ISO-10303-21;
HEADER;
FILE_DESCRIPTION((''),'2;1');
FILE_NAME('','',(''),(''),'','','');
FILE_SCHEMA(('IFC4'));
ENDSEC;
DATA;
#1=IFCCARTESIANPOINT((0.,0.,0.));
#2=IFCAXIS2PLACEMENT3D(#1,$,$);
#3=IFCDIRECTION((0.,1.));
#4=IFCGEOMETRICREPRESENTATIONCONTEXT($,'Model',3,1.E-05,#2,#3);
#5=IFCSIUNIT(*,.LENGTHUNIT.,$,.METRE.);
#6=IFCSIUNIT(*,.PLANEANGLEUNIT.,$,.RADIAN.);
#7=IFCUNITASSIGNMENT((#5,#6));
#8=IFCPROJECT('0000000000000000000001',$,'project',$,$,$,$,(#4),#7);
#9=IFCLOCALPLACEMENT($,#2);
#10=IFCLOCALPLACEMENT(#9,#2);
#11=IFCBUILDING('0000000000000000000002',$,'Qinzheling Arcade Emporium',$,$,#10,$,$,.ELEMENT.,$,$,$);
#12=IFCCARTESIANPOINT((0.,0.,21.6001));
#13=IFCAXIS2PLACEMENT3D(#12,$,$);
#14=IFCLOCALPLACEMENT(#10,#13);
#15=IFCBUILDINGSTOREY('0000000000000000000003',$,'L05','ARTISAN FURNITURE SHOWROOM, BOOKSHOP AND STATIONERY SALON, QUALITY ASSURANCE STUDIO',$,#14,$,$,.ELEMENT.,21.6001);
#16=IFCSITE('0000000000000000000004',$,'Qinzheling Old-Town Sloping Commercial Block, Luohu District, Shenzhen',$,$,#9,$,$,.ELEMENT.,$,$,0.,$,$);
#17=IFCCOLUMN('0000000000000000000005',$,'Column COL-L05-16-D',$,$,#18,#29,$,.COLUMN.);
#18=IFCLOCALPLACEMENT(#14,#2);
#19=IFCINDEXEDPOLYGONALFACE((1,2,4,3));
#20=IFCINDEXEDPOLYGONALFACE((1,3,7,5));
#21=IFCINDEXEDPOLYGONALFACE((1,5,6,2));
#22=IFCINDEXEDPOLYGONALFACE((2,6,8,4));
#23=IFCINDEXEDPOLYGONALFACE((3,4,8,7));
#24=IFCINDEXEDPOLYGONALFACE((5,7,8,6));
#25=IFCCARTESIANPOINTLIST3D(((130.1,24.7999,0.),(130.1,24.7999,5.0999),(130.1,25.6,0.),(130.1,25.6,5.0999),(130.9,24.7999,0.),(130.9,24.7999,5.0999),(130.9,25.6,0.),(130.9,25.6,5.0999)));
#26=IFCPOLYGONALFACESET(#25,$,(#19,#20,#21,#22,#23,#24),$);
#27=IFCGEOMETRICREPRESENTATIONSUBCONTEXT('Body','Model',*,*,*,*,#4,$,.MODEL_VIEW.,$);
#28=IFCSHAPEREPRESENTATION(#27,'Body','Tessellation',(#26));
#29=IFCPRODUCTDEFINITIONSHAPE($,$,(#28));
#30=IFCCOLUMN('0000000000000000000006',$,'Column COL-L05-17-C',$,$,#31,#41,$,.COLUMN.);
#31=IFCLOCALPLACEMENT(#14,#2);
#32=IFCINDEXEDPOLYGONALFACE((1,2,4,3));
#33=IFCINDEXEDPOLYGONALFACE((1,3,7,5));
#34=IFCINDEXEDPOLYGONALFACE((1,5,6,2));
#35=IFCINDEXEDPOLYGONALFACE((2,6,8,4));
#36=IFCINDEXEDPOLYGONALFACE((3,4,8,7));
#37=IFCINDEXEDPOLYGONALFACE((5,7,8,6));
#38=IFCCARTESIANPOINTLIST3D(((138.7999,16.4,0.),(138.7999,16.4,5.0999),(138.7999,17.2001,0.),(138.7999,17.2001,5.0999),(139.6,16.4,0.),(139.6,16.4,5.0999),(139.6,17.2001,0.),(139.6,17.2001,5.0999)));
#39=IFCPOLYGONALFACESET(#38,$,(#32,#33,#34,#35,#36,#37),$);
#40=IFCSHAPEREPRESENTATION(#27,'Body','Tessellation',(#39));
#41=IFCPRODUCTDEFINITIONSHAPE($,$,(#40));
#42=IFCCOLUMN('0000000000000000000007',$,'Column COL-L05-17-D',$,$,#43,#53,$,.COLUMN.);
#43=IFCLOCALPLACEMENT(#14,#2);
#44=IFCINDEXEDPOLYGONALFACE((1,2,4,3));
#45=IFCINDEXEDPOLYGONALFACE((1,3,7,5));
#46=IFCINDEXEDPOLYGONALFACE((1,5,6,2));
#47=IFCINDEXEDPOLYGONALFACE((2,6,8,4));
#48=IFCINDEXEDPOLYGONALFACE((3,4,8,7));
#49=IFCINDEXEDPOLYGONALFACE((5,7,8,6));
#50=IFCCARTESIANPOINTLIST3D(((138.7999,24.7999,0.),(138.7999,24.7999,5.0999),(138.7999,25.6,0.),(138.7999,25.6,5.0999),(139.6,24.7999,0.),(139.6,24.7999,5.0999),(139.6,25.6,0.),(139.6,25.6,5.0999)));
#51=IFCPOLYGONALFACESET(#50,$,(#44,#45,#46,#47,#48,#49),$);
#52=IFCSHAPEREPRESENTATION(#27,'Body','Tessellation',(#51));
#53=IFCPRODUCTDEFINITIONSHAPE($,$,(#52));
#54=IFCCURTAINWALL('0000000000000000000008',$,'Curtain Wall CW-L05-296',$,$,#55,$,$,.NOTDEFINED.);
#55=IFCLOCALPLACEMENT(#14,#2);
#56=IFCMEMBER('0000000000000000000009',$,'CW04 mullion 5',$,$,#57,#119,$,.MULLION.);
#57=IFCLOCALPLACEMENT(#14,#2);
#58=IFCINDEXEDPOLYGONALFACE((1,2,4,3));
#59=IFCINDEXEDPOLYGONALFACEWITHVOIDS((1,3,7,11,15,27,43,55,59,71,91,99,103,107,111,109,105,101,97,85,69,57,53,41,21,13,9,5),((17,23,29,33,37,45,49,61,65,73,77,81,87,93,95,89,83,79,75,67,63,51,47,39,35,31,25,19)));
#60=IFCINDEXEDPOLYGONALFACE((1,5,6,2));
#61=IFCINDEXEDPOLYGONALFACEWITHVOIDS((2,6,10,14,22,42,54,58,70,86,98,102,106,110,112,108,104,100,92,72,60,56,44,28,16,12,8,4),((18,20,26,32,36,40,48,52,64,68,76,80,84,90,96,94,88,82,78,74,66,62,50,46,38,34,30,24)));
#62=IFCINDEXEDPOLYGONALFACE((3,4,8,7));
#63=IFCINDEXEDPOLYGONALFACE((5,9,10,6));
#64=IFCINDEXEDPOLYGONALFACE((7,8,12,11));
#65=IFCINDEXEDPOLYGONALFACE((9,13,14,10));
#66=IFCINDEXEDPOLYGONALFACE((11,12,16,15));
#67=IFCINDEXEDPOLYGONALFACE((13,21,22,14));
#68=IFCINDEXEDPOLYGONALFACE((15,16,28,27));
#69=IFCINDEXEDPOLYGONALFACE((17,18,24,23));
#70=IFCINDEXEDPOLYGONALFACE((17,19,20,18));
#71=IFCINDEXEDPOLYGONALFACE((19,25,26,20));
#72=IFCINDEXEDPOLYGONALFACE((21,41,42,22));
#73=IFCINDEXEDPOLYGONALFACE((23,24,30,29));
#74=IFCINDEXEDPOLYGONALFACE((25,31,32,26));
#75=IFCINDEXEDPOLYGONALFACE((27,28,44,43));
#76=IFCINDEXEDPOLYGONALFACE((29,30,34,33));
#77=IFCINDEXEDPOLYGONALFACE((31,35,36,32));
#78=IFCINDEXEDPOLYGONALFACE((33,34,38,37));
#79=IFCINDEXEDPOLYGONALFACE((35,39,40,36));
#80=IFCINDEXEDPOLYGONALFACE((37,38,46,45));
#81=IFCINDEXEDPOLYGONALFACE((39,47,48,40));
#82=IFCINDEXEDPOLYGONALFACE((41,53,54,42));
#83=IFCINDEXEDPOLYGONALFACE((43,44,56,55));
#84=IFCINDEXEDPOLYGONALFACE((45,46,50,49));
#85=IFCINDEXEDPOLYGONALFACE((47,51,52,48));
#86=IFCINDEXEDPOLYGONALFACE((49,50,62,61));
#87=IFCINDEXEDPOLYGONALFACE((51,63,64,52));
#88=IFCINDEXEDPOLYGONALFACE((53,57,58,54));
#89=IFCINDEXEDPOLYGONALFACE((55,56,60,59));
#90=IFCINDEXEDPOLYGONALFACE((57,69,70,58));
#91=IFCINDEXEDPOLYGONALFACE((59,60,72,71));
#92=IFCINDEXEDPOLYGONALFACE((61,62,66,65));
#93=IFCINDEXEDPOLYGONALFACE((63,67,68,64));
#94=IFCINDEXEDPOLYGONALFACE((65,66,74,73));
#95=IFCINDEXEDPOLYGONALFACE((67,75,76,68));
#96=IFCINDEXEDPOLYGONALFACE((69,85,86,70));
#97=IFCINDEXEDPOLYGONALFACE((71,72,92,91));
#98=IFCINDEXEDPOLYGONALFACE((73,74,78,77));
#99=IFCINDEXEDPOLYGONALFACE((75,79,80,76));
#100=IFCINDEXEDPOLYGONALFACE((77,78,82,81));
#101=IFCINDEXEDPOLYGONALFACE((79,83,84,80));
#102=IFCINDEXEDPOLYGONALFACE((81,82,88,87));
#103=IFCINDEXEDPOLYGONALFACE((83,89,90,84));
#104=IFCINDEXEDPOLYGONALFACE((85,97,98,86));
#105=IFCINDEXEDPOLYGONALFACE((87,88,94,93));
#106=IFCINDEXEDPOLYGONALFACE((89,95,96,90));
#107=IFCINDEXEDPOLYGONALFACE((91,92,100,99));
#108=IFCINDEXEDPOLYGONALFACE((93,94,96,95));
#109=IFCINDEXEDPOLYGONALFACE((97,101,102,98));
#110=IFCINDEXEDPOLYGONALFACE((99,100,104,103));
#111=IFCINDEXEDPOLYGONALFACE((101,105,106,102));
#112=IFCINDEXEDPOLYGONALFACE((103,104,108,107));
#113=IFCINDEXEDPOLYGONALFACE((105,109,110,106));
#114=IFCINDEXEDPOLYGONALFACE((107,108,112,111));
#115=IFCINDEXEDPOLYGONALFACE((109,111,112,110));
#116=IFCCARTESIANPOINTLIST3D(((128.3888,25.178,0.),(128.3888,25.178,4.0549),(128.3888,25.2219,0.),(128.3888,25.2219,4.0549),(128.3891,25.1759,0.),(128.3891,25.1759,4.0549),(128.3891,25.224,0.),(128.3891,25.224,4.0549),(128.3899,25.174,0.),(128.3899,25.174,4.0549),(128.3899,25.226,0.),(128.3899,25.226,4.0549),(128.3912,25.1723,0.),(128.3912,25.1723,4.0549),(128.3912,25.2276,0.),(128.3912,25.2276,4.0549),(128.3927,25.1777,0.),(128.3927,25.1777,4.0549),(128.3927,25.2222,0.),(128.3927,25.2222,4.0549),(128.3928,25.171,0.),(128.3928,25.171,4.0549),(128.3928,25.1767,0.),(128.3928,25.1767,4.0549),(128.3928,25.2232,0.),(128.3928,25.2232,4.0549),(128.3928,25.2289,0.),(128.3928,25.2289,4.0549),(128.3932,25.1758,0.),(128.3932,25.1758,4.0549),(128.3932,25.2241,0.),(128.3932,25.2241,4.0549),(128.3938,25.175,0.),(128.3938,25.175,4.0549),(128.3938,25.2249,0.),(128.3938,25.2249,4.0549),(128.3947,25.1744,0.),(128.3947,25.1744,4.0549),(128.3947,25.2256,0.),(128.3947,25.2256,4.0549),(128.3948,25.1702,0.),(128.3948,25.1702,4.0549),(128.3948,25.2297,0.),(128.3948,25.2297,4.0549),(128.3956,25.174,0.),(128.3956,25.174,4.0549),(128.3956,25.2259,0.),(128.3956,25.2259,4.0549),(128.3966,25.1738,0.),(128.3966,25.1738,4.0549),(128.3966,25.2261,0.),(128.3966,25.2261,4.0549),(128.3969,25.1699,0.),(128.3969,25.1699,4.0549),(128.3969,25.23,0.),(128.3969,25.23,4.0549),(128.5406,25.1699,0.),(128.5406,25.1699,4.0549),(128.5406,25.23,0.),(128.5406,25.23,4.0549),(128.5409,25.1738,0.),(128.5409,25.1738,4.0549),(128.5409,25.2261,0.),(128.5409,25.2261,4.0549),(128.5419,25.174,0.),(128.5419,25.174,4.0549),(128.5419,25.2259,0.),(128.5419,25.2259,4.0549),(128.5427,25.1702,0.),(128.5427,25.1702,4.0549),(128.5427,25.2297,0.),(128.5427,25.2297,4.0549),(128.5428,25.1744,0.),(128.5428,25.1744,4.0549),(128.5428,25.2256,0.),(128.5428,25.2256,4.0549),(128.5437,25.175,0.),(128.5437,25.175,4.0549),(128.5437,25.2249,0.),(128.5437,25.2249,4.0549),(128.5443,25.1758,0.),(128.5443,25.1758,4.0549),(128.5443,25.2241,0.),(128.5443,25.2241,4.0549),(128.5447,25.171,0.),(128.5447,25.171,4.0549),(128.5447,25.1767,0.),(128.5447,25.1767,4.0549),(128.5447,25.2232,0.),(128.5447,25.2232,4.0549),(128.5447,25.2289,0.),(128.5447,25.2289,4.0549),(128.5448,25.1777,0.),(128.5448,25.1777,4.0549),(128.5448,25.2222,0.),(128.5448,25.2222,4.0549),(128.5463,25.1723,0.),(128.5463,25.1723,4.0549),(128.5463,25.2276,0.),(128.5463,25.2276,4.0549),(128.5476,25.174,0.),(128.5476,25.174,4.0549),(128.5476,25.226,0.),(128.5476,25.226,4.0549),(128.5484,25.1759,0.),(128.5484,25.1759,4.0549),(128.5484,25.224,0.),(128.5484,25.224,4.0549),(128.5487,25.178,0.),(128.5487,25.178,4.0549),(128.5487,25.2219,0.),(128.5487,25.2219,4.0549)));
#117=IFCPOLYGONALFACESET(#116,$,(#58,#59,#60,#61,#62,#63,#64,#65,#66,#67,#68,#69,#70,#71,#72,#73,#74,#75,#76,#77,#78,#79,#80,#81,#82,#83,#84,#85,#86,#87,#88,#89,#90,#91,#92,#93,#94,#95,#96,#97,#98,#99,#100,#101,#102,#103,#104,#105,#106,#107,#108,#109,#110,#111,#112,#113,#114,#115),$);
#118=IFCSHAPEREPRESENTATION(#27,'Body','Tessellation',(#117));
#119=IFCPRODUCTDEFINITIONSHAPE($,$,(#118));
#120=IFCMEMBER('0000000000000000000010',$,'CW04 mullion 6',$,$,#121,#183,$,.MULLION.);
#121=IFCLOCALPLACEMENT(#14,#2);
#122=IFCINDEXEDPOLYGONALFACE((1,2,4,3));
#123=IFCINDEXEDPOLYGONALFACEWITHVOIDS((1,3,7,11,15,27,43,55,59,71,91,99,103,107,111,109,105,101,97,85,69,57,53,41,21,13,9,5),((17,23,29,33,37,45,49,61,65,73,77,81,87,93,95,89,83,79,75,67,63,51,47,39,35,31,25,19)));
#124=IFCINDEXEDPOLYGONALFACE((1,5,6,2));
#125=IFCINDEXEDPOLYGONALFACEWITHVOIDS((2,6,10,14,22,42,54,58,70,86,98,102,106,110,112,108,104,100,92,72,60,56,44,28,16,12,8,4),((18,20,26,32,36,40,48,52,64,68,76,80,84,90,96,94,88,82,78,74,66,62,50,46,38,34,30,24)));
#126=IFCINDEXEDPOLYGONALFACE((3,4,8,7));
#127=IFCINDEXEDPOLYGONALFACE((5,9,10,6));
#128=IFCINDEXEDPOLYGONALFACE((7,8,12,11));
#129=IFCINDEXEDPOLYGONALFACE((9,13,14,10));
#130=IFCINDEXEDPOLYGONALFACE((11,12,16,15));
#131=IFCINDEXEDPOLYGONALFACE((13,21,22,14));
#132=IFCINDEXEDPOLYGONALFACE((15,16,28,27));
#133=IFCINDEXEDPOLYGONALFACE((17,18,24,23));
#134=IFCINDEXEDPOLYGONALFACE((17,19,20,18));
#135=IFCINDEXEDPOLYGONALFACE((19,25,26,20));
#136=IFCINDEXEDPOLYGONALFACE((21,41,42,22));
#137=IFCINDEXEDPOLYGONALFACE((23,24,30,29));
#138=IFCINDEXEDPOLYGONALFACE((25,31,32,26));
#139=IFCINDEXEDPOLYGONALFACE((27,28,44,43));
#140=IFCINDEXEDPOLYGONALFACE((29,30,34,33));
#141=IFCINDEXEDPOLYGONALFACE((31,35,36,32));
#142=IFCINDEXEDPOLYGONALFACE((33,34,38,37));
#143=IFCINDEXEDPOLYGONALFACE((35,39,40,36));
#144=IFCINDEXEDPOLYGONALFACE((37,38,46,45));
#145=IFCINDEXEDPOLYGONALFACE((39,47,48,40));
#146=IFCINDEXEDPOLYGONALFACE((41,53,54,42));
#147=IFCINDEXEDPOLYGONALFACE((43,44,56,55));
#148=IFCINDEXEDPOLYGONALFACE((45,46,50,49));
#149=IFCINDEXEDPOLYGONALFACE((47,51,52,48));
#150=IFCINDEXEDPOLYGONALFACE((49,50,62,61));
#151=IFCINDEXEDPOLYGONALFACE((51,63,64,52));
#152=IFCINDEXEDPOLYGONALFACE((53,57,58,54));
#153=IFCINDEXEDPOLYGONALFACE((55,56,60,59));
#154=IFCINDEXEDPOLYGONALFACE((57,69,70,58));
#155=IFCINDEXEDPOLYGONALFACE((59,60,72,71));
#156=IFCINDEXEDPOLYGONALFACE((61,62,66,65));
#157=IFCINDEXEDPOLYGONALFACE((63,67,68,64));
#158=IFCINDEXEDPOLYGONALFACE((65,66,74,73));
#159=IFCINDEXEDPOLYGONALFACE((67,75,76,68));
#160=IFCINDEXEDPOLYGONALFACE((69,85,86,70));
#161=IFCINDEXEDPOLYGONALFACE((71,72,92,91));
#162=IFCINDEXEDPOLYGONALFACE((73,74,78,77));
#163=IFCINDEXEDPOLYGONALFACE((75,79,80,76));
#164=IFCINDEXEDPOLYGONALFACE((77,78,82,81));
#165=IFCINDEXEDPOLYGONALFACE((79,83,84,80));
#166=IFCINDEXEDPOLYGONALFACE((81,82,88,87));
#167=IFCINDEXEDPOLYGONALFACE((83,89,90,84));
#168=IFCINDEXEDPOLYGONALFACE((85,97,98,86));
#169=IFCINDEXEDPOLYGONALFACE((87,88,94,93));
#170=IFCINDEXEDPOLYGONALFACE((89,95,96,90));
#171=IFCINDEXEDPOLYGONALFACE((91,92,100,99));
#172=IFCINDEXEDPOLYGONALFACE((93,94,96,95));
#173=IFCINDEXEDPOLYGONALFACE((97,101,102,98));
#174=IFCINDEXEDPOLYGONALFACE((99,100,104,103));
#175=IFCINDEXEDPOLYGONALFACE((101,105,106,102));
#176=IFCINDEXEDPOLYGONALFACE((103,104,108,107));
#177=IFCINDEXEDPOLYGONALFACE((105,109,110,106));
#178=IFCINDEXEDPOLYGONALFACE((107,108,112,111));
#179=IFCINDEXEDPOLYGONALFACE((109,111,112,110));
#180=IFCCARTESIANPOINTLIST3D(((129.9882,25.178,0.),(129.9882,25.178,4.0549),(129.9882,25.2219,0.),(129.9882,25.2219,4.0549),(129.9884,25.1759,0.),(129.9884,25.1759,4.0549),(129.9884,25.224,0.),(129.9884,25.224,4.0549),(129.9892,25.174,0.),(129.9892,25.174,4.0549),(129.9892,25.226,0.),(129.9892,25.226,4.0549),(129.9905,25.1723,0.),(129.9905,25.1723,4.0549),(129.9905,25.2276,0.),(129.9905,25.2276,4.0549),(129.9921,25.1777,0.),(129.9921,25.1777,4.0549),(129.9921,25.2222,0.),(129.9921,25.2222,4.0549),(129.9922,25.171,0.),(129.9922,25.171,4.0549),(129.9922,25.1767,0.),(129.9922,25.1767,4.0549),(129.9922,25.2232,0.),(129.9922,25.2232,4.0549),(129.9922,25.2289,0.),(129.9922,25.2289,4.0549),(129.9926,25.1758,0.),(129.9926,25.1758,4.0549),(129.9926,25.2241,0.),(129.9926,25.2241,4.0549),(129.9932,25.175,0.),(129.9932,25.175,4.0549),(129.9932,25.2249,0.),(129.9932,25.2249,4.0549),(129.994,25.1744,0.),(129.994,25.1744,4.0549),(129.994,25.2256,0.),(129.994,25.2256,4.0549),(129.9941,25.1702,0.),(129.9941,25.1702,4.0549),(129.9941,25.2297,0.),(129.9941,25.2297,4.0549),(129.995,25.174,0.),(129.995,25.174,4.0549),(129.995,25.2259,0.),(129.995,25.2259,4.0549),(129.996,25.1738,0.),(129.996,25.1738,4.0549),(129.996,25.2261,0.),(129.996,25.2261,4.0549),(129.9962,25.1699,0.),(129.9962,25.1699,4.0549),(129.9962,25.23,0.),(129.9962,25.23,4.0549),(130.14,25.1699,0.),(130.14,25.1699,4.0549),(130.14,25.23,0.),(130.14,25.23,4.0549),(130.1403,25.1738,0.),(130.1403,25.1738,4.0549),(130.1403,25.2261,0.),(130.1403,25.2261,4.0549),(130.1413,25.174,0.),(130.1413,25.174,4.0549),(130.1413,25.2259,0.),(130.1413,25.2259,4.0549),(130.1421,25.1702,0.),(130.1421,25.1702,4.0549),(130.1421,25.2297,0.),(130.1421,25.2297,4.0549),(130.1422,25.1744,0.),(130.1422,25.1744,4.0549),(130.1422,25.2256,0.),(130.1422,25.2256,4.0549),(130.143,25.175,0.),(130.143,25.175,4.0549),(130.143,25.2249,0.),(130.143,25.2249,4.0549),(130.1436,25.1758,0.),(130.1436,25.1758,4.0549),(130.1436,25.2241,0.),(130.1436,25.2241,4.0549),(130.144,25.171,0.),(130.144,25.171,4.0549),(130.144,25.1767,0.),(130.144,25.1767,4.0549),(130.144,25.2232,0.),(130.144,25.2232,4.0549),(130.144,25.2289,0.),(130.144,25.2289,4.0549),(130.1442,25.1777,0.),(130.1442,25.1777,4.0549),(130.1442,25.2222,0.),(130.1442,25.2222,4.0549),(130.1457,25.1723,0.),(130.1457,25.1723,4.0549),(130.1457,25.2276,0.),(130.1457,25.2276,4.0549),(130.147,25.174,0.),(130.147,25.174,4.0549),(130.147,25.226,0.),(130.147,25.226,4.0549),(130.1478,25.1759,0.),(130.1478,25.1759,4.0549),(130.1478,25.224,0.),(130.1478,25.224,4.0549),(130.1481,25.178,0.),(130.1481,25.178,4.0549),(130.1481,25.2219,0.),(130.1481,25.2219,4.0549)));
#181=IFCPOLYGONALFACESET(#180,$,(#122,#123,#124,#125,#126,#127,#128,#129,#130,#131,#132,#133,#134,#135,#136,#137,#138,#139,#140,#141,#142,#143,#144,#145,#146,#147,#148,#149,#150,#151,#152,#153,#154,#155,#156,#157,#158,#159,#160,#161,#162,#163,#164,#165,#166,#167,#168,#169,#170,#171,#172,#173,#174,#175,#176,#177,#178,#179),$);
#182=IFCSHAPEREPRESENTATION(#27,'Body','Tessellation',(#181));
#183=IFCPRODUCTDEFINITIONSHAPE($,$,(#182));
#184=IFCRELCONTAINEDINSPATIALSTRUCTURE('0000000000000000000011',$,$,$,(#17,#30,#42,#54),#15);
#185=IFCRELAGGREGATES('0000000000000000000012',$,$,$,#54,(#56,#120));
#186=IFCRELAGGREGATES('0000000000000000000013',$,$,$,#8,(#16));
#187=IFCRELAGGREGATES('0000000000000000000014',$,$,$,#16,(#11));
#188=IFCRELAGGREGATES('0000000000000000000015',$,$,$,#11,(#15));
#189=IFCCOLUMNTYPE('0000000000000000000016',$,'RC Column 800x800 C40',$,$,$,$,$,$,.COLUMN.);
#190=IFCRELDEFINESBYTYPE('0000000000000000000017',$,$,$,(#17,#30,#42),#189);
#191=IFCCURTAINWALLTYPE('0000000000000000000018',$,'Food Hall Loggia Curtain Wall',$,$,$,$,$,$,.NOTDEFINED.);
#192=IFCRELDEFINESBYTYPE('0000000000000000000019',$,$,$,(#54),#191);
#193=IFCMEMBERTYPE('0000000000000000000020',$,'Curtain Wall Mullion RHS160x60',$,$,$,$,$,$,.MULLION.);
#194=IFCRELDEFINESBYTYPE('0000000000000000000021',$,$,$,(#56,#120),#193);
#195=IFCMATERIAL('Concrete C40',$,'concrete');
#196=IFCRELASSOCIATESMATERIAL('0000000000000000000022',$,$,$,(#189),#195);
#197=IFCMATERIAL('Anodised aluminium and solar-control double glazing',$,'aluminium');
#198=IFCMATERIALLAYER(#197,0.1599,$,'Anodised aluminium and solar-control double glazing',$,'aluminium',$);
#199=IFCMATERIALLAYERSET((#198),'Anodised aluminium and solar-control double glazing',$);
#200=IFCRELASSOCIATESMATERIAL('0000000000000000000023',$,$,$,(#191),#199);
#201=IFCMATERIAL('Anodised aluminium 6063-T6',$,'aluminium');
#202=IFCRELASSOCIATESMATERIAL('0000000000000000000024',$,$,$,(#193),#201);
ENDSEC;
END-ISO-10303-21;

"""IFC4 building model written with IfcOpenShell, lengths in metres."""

from ifc_helpers import new_model, si_unit, direction, frame, origin, origin_2d, place, context, subcontext, project, spatial, rectangle, hollow_rectangle, extrude, material, layer, layer_set, material_profile, profile_set, type_object, element, aggregate, save


model = new_model("IFC4")

# Units and contexts
model_context = context("Model", 3, precision=1e-05, world=origin(), true_north=direction((0.0, 1.0)))
body_context = subcontext(model_context, "Body", "Model", "MODEL_VIEW")
ifc_project = project(units=[si_unit("LENGTHUNIT", "METRE"), si_unit("PLANEANGLEUNIT", "RADIAN")], contexts=[model_context])

# Site, building, storey
site_placement = place(None, origin())
site = spatial("IfcSite", under=ifc_project, at=site_placement, Name="Qinzheling Old-Town Sloping Commercial Block, Luohu District, Shenzhen", CompositionType="ELEMENT", RefElevation=0.0)
building_placement = place(site_placement, origin())
building = spatial("IfcBuilding", under=site, at=building_placement, Name="Qinzheling Arcade Emporium", CompositionType="ELEMENT")
storey_placement = place(building_placement, frame((0.0, 0.0, 21.6001)))
storey = spatial("IfcBuildingStorey", under=building, at=storey_placement, Name="L05", Description="ARTISAN FURNITURE SHOWROOM, BOOKSHOP AND STATIONERY SALON, QUALITY ASSURANCE STUDIO", CompositionType="ELEMENT", Elevation=21.6001)

# Columns
ifc_material_1 = material(Name="Concrete C40", Category="concrete")
ifc_material_profile_1 = material_profile(ifc_material_1, rectangle(XDim=0.8, YDim=0.8, at=origin_2d()), Name="RC 800x800", Category="concrete")
ifc_profile_set_1 = profile_set([ifc_material_profile_1], Name="Concrete C40")
column_type = type_object("IfcColumnType", Name="RC Column 800x800 C40", PredefinedType="COLUMN", material=ifc_profile_set_1)
for number, where, z_axis, x_axis, name in (
    (1, (130.5, 25.2, 0.0), (0.0, 0.0, 1.0), (1.0, 0.0, 0.0), "Column COL-L05-16-D"),
    (2, (139.2, 16.8, 0.0), (0.0, 0.0, 1.0), (1.0, 0.0, 0.0), "Column COL-L05-17-C"),
    (3, (139.2, 25.2, 0.0), (0.0, 0.0, 1.0), (1.0, 0.0, 0.0), "Column COL-L05-17-D"),
):
    element("IfcColumn", number, at=place(storey_placement, frame(where, z_axis=z_axis, x_axis=x_axis)), inside=storey, type_object=column_type, Name=name, PredefinedType="COLUMN", context=body_context, shape_type="SweptSolid", body=[
        extrude(rectangle(XDim=0.8, YDim=0.8, at=origin_2d()), origin(), (0.0, 0.0, 1.0), 5.0999),
    ])

# Curtain wall, members
ifc_material_2 = material(Name="Anodised aluminium and solar-control double glazing", Category="aluminium")
ifc_layer_1 = layer(ifc_material_2, 0.1599, Name="Anodised aluminium and solar-control double glazing", Category="aluminium")
ifc_layer_set_1 = layer_set([ifc_layer_1], Name="Anodised aluminium and solar-control double glazing")
curtain_wall_type = type_object("IfcCurtainWallType", Name="Food Hall Loggia Curtain Wall", PredefinedType="NOTDEFINED", material=ifc_layer_set_1)
curtain_wall_1_placement = place(storey_placement, origin())
curtain_wall_1 = element("IfcCurtainWall", 4, at=curtain_wall_1_placement, inside=storey, type_object=curtain_wall_type, Name="Curtain Wall CW-L05-296", PredefinedType="NOTDEFINED")
ifc_material_3 = material(Name="Anodised aluminium 6063-T6", Category="aluminium")
ifc_material_profile_2 = material_profile(ifc_material_3, hollow_rectangle(XDim=0.0601, YDim=0.1599, WallThickness=0.0039, InnerFilletRadius=0.0039, OuterFilletRadius=0.0081, at=origin_2d()), Name="RHS 160x60x4", Category="aluminium")
ifc_profile_set_2 = profile_set([ifc_material_profile_2], Name="Anodised aluminium 6063-T6")
member_type_1 = type_object("IfcMemberType", Name="Curtain Wall Mullion RHS160x60", PredefinedType="MULLION", material=ifc_profile_set_2)
member_1_placement = place(storey_placement, frame((128.4688, 25.2, 0.0), z_axis=(0.0, 0.0, 1.0), x_axis=(0.0, 1.0, 0.0)))
member_1 = element("IfcMember", 5, at=member_1_placement, type_object=member_type_1, Name="CW04 mullion 5", PredefinedType="MULLION", context=body_context, shape_type="SweptSolid", body=[
    extrude(hollow_rectangle(XDim=0.0601, YDim=0.1599, WallThickness=0.0039, InnerFilletRadius=0.0039, OuterFilletRadius=0.0081, at=origin_2d()), origin(), (0.0, 0.0, 1.0), 4.0549),
])
member_2_placement = place(storey_placement, frame((130.0681, 25.2, 0.0), z_axis=(0.0, 0.0, 1.0), x_axis=(0.0, 1.0, 0.0)))
member_2 = element("IfcMember", 6, at=member_2_placement, type_object=member_type_1, Name="CW04 mullion 6", PredefinedType="MULLION", context=body_context, shape_type="SweptSolid", body=[
    extrude(hollow_rectangle(XDim=0.0601, YDim=0.1599, WallThickness=0.0039, InnerFilletRadius=0.0039, OuterFilletRadius=0.0081, at=origin_2d()), origin(), (0.0, 0.0, 1.0), 4.0549),
])

aggregate(curtain_wall_1, [member_1, member_2])

save(model, "model.ifc")
